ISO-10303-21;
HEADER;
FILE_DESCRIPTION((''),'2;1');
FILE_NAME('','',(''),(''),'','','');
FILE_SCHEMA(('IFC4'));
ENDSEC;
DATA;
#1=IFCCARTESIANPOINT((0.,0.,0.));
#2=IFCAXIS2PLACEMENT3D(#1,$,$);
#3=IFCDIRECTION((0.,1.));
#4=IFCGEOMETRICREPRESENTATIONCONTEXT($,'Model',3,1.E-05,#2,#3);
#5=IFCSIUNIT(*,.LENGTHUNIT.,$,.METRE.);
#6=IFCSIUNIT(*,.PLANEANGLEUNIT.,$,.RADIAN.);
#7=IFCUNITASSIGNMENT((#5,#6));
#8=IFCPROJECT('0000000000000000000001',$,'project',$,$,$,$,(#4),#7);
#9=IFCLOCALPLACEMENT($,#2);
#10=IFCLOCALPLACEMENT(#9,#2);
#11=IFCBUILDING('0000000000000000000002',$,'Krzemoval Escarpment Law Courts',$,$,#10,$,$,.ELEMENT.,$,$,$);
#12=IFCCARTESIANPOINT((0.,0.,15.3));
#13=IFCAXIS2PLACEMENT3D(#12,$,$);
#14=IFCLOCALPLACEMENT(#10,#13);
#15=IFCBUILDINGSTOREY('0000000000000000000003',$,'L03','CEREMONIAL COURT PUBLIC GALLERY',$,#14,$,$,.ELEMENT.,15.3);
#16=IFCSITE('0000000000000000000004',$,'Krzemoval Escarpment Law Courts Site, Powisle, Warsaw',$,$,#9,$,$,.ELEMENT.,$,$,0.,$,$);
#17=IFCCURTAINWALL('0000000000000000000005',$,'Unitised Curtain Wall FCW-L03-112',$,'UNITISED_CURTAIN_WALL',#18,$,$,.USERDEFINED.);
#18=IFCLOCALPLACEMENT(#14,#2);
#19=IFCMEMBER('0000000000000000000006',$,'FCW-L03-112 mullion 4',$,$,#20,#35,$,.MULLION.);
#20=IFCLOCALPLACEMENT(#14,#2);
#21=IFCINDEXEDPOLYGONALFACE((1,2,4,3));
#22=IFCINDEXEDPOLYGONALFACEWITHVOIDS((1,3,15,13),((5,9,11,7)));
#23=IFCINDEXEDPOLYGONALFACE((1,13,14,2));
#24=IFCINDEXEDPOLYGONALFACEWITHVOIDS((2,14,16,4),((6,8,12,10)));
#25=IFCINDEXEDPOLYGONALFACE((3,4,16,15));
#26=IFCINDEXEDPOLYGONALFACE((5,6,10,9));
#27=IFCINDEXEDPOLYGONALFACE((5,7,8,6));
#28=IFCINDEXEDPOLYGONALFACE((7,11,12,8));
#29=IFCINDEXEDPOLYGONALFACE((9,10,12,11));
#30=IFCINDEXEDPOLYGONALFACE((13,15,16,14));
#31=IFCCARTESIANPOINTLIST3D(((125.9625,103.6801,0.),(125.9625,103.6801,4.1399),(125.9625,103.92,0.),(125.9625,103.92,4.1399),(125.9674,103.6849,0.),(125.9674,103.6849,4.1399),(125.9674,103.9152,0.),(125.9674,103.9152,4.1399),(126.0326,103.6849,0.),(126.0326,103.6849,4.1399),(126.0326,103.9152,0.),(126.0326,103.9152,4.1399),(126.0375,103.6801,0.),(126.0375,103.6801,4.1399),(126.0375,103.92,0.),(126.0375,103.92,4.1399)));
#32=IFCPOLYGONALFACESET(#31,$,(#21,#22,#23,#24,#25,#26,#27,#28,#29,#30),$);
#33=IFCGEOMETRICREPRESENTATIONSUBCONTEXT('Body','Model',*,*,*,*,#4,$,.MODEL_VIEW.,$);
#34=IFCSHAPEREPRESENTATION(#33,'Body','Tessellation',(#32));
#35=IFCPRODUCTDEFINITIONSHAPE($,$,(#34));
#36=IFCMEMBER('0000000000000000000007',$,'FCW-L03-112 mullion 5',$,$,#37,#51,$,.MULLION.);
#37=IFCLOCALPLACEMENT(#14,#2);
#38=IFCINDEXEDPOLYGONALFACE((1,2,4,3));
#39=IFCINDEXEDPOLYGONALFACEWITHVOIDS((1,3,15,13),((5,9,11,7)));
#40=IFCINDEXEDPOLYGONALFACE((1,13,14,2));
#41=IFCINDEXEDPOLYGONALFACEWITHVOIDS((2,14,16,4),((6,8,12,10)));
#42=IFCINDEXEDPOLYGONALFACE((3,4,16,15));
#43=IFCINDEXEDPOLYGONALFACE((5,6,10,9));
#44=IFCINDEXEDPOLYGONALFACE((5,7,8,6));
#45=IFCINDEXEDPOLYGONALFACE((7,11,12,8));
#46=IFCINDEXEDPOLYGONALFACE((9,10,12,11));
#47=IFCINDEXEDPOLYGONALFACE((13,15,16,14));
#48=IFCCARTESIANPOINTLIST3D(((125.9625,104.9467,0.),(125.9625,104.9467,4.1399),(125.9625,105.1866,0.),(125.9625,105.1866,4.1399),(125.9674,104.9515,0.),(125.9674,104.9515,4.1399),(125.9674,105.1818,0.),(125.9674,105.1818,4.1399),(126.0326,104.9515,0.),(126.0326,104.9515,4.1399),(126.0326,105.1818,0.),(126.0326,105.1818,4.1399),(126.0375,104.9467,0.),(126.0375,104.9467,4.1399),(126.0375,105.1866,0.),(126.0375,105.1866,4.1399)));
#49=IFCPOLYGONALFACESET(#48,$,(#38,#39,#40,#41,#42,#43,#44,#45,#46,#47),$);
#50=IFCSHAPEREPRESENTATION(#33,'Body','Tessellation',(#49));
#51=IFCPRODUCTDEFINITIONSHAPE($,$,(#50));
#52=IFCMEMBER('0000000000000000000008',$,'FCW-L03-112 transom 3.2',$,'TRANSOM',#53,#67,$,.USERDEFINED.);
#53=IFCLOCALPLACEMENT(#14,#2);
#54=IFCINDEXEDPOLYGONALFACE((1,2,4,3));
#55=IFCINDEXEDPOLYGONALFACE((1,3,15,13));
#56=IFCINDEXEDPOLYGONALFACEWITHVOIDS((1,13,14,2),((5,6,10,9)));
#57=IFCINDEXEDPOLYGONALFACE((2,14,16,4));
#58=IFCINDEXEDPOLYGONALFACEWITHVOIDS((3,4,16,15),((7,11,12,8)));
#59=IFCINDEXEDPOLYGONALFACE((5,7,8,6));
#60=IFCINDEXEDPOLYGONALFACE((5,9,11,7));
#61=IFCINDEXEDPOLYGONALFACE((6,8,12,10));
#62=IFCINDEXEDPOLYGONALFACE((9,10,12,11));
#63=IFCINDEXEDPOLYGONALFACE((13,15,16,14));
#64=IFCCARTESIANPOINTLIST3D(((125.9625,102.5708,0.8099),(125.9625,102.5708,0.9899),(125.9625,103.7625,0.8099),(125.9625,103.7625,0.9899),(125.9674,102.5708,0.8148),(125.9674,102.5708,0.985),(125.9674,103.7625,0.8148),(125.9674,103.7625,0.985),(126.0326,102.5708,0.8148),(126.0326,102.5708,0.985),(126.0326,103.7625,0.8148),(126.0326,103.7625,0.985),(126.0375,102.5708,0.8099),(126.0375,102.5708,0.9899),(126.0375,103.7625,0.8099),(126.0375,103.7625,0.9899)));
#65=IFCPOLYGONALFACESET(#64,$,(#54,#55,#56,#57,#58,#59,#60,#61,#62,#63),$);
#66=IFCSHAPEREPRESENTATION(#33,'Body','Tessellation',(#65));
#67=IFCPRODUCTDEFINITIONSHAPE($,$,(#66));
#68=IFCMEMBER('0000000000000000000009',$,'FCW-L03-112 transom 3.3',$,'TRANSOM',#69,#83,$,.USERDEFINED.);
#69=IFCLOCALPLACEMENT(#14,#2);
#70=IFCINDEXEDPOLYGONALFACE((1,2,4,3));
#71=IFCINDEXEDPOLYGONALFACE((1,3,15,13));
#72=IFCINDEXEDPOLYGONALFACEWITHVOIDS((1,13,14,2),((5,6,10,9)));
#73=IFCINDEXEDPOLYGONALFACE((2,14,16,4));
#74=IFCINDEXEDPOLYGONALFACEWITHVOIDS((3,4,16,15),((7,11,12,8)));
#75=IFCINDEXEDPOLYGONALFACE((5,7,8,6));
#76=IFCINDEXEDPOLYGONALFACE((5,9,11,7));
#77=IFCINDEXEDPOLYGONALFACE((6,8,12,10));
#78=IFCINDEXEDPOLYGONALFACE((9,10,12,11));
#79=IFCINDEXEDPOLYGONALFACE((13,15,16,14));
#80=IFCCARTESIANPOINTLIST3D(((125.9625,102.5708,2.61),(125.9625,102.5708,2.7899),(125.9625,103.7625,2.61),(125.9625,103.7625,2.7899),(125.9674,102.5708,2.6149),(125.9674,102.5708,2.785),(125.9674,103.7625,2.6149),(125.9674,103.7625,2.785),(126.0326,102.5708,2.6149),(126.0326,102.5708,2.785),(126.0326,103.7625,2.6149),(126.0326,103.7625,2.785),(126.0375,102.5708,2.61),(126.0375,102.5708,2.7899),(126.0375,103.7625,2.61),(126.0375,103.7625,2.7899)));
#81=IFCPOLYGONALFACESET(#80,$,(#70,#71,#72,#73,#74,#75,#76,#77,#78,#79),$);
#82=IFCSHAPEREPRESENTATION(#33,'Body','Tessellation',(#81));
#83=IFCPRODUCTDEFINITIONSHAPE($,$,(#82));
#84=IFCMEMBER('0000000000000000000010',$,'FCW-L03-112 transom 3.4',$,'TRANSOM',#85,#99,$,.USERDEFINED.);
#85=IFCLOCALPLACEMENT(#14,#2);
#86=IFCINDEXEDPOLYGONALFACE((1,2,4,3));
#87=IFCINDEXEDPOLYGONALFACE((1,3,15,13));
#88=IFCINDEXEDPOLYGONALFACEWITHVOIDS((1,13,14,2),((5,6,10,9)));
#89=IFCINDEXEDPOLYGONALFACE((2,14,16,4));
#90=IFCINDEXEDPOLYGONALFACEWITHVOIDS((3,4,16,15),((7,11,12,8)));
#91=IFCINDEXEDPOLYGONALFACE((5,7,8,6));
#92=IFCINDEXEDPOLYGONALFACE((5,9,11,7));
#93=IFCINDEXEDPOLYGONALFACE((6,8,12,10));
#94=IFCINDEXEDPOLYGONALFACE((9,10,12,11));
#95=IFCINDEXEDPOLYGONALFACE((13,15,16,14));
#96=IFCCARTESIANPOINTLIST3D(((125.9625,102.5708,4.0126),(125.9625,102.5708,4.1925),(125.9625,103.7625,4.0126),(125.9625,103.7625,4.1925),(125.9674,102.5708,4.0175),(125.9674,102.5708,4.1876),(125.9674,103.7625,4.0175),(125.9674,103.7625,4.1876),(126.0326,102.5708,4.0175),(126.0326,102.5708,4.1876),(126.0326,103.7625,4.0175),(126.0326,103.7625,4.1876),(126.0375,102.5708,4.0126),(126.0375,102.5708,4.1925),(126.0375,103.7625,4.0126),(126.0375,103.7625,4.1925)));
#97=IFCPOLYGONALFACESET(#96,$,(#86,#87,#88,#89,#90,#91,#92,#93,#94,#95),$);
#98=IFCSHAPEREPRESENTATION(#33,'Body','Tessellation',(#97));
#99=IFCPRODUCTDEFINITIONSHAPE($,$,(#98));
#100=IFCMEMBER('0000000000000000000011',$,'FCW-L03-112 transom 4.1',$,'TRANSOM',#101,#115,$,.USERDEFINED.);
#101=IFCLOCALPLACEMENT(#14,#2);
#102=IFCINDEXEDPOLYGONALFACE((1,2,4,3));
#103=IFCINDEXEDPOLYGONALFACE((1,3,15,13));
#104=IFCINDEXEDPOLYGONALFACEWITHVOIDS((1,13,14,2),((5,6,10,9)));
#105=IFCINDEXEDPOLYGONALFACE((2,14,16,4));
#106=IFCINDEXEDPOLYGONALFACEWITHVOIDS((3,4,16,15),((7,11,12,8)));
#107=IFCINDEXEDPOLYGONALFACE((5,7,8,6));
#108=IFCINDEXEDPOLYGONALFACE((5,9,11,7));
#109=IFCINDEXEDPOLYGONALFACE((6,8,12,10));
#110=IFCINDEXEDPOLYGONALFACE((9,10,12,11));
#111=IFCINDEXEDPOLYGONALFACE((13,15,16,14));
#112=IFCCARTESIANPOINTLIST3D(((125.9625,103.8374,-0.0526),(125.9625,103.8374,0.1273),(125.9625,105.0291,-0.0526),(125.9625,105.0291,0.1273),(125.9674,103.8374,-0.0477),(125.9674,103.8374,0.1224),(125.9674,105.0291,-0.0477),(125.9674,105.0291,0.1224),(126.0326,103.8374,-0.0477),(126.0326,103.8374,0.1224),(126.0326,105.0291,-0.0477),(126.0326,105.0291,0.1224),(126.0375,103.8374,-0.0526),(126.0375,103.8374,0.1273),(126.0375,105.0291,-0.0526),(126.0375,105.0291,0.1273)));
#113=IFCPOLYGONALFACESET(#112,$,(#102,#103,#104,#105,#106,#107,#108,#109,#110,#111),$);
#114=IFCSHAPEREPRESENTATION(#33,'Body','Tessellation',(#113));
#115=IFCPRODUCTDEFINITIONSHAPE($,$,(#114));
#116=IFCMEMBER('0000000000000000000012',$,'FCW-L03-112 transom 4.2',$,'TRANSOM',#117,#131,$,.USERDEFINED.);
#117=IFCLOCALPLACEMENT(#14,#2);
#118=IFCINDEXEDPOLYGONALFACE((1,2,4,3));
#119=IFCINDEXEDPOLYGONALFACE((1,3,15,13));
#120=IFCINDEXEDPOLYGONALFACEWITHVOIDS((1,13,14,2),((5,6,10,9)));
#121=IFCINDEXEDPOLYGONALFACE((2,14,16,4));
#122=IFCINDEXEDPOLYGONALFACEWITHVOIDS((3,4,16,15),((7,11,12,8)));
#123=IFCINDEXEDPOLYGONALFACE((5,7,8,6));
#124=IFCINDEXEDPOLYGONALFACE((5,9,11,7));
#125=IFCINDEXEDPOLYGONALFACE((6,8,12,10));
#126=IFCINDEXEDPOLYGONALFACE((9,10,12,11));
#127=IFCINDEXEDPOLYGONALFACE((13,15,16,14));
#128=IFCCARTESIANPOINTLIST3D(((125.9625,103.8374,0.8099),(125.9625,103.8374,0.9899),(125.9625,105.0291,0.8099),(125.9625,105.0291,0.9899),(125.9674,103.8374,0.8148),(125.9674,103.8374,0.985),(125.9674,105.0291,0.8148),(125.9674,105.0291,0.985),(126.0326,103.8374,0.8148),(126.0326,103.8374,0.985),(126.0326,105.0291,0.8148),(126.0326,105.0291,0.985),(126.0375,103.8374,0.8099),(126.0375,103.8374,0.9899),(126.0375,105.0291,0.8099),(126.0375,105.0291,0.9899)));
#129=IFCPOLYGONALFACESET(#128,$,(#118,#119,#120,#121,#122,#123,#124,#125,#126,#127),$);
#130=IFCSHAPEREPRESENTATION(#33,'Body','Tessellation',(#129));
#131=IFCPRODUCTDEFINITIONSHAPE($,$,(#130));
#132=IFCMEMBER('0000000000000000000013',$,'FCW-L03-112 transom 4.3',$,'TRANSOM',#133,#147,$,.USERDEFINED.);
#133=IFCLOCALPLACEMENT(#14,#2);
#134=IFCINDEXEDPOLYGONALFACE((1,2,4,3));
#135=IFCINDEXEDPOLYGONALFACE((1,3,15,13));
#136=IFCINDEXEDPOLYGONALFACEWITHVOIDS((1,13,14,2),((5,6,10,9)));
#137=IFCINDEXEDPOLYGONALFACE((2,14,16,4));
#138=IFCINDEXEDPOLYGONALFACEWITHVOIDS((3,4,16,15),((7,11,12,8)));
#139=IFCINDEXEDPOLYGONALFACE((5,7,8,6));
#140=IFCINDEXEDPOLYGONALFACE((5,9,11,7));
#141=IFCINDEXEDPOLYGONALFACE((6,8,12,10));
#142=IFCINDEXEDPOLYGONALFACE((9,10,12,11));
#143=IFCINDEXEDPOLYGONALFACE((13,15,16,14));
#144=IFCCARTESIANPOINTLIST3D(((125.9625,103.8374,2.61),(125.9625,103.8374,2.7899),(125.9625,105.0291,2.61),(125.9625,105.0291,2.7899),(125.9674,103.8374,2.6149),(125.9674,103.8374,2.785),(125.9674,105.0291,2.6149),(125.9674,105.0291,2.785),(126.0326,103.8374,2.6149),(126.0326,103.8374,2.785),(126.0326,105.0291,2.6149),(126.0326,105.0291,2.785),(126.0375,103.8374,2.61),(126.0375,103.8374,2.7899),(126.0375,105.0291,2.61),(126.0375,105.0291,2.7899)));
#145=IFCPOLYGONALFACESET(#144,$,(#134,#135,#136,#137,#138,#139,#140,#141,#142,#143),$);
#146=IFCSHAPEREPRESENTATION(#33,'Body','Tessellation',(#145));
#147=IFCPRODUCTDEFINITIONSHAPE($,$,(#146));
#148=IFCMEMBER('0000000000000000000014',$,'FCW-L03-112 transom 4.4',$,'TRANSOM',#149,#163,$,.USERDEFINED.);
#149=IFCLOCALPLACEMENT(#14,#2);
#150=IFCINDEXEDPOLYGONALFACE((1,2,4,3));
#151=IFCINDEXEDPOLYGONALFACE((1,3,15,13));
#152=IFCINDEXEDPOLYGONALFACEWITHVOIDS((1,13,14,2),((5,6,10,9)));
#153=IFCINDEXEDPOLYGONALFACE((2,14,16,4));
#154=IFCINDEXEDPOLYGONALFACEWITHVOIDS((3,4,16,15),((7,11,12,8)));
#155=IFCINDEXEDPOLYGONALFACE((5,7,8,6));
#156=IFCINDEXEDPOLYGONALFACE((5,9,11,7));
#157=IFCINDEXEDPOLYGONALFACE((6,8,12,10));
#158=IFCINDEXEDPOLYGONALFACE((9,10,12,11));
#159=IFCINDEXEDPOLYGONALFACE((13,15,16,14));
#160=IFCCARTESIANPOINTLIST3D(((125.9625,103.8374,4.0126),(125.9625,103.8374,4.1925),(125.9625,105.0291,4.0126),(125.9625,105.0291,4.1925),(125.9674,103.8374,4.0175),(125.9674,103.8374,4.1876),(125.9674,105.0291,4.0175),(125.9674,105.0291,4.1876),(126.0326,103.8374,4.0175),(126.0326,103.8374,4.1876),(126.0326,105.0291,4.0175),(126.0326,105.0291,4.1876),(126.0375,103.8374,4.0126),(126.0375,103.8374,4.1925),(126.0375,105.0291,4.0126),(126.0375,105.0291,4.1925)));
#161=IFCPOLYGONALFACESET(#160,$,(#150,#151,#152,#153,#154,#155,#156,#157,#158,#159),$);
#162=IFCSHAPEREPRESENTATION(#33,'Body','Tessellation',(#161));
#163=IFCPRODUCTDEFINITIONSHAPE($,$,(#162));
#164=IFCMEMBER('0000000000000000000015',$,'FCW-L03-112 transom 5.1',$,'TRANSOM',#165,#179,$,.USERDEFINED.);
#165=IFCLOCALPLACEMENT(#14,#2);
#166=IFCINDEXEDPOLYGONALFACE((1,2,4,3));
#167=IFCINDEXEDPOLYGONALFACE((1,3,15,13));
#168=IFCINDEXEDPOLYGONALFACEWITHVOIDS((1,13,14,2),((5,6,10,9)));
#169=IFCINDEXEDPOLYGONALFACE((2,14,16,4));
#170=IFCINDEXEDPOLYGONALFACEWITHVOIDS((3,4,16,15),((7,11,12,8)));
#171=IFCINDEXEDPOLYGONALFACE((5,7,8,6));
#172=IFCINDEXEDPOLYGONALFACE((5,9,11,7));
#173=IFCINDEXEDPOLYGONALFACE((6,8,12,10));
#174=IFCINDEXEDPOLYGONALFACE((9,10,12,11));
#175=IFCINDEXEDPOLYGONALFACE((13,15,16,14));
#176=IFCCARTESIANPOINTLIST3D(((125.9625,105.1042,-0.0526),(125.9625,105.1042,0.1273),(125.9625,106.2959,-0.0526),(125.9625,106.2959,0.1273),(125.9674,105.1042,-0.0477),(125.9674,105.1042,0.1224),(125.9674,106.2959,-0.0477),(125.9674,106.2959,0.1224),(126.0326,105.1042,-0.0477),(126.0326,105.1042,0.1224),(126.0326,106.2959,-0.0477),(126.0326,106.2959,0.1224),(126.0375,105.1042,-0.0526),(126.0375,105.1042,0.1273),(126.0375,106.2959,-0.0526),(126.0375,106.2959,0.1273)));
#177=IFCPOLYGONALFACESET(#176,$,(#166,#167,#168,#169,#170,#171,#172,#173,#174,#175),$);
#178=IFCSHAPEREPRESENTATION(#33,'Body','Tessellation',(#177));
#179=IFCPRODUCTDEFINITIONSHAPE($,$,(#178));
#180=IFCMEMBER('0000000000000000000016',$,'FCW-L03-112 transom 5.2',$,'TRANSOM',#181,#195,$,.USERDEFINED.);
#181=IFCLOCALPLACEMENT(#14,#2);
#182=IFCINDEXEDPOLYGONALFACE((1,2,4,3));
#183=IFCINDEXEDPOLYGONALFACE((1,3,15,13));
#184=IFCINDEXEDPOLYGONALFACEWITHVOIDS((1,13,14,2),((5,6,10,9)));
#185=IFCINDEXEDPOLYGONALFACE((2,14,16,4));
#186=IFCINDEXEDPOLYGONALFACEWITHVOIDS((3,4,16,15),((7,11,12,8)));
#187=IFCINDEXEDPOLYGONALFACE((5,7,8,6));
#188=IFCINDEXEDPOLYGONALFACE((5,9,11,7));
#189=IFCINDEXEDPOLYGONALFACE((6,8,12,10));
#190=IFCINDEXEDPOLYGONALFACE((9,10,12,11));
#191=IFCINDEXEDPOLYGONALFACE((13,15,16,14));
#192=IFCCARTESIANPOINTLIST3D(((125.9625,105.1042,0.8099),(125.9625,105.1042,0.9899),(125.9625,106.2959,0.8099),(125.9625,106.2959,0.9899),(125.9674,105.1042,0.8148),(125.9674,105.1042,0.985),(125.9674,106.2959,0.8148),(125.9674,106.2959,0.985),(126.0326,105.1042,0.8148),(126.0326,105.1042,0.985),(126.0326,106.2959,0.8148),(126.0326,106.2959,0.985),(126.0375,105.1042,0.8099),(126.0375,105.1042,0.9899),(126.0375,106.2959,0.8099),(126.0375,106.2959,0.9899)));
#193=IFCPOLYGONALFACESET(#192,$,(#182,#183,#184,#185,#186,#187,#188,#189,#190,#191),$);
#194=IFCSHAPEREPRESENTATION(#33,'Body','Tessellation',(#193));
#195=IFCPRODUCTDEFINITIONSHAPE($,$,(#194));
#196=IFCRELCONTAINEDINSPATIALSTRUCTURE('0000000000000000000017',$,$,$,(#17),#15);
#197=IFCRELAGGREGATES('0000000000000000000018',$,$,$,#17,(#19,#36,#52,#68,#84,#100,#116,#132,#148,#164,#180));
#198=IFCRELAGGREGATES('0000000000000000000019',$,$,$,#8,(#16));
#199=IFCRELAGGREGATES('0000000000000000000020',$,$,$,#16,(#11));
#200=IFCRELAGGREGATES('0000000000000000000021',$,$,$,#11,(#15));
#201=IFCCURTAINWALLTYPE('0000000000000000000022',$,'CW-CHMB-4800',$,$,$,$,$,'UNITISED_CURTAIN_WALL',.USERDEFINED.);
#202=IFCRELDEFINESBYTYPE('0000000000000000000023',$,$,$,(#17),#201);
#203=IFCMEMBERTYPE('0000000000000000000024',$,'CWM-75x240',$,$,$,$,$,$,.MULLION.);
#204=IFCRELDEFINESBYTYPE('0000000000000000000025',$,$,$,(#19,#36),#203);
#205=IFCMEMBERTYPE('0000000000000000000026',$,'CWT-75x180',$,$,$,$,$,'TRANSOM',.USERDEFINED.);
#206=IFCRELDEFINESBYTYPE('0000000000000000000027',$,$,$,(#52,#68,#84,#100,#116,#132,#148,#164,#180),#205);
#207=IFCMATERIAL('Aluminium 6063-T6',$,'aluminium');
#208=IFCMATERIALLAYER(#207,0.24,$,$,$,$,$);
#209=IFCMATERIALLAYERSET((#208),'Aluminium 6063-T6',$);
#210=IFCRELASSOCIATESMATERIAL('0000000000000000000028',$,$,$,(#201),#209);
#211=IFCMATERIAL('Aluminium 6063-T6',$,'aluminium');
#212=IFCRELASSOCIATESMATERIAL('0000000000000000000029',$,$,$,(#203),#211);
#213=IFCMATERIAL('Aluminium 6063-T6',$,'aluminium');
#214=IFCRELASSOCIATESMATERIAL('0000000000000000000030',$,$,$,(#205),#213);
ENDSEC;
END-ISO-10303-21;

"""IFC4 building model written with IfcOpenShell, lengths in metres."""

from ifc_helpers import new_model, si_unit, direction, frame, origin, origin_2d, place, context, subcontext, project, spatial, hollow_rectangle, extrude, material, layer, layer_set, material_profile, profile_set, type_object, element, aggregate, save


model = new_model("IFC4")

# Units and contexts
model_context = context("Model", 3, precision=1e-05, world=origin(), true_north=direction((0.0, 1.0)))
body_context = subcontext(model_context, "Body", "Model", "MODEL_VIEW")
ifc_project = project(units=[si_unit("LENGTHUNIT", "METRE"), si_unit("PLANEANGLEUNIT", "RADIAN")], contexts=[model_context])

# Site, building, storey
site_placement = place(None, origin())
site = spatial("IfcSite", under=ifc_project, at=site_placement, Name="Krzemoval Escarpment Law Courts Site, Powisle, Warsaw", CompositionType="ELEMENT", RefElevation=0.0)
building_placement = place(site_placement, origin())
building = spatial("IfcBuilding", under=site, at=building_placement, Name="Krzemoval Escarpment Law Courts", CompositionType="ELEMENT")
storey_placement = place(building_placement, frame((0.0, 0.0, 15.3)))
storey = spatial("IfcBuildingStorey", under=building, at=storey_placement, Name="L03", Description="CEREMONIAL COURT PUBLIC GALLERY", CompositionType="ELEMENT", Elevation=15.3)

# Curtain wall, members
ifc_material_1 = material(Name="Aluminium 6063-T6", Category="aluminium")
ifc_layer_1 = layer(ifc_material_1, 0.24)
ifc_layer_set_1 = layer_set([ifc_layer_1], Name="Aluminium 6063-T6")
curtain_wall_type = type_object("IfcCurtainWallType", Name="CW-CHMB-4800", ElementType="UNITISED_CURTAIN_WALL", PredefinedType="USERDEFINED", material=ifc_layer_set_1)
curtain_wall_placement = place(storey_placement, origin())
curtain_wall = element("IfcCurtainWall", 1, at=curtain_wall_placement, inside=storey, type_object=curtain_wall_type, Name="Unitised Curtain Wall FCW-L03-112", ObjectType="UNITISED_CURTAIN_WALL", PredefinedType="USERDEFINED")
ifc_material_2 = material(Name="Aluminium 6063-T6", Category="aluminium")
ifc_material_profile_1 = material_profile(ifc_material_2, hollow_rectangle(XDim=0.075, YDim=0.24, WallThickness=0.0049, at=origin_2d()), Name="ALU M75x240")
ifc_profile_set_1 = profile_set([ifc_material_profile_1], Name="Aluminium 6063-T6")
member_type_1 = type_object("IfcMemberType", Name="CWM-75x240", PredefinedType="MULLION", material=ifc_profile_set_1)
member_1_placement = place(storey_placement, frame((126.0, 103.8, 0.0), z_axis=(0.0, 0.0, 1.0), x_axis=(-1.0, 0.0, 0.0)))
member_1 = element("IfcMember", 2, at=member_1_placement, type_object=member_type_1, Name="FCW-L03-112 mullion 4", PredefinedType="MULLION", context=body_context, shape_type="SweptSolid", body=[
    extrude(hollow_rectangle(XDim=0.075, YDim=0.24, WallThickness=0.0049, at=origin_2d()), origin(), (0.0, 0.0, 1.0), 4.1399),
])
member_2_placement = place(storey_placement, frame((126.0, 105.0667, 0.0), z_axis=(0.0, 0.0, 1.0), x_axis=(-1.0, 0.0, 0.0)))
member_2 = element("IfcMember", 3, at=member_2_placement, type_object=member_type_1, Name="FCW-L03-112 mullion 5", PredefinedType="MULLION", context=body_context, shape_type="SweptSolid", body=[
    extrude(hollow_rectangle(XDim=0.075, YDim=0.24, WallThickness=0.0049, at=origin_2d()), origin(), (0.0, 0.0, 1.0), 4.1399),
])
ifc_material_3 = material(Name="Aluminium 6063-T6", Category="aluminium")
ifc_material_profile_2 = material_profile(ifc_material_3, hollow_rectangle(XDim=0.075, YDim=0.1799, WallThickness=0.0049, at=origin_2d()), Name="ALU T75x180")
ifc_profile_set_2 = profile_set([ifc_material_profile_2], Name="Aluminium 6063-T6")
member_type_2 = type_object("IfcMemberType", Name="CWT-75x180", ElementType="TRANSOM", PredefinedType="USERDEFINED", material=ifc_profile_set_2)
member_3_placement = place(storey_placement, frame((126.0, 102.5708, 0.8999), z_axis=(0.0, 1.0, 0.0), x_axis=(-1.0, 0.0, 0.0)))
member_3 = element("IfcMember", 4, at=member_3_placement, type_object=member_type_2, Name="FCW-L03-112 transom 3.2", ObjectType="TRANSOM", PredefinedType="USERDEFINED", context=body_context, shape_type="SweptSolid", body=[
    extrude(hollow_rectangle(XDim=0.075, YDim=0.1799, WallThickness=0.0049, at=origin_2d()), origin(), (0.0, 0.0, 1.0), 1.1917),
])
member_4_placement = place(storey_placement, frame((126.0, 102.5708, 2.7), z_axis=(0.0, 1.0, 0.0), x_axis=(-1.0, 0.0, 0.0)))
member_4 = element("IfcMember", 5, at=member_4_placement, type_object=member_type_2, Name="FCW-L03-112 transom 3.3", ObjectType="TRANSOM", PredefinedType="USERDEFINED", context=body_context, shape_type="SweptSolid", body=[
    extrude(hollow_rectangle(XDim=0.075, YDim=0.1799, WallThickness=0.0049, at=origin_2d()), origin(), (0.0, 0.0, 1.0), 1.1917),
])
member_5_placement = place(storey_placement, frame((126.0, 102.5708, 4.1025), z_axis=(0.0, 1.0, 0.0), x_axis=(-1.0, 0.0, 0.0)))
member_5 = element("IfcMember", 6, at=member_5_placement, type_object=member_type_2, Name="FCW-L03-112 transom 3.4", ObjectType="TRANSOM", PredefinedType="USERDEFINED", context=body_context, shape_type="SweptSolid", body=[
    extrude(hollow_rectangle(XDim=0.075, YDim=0.1799, WallThickness=0.0049, at=origin_2d()), origin(), (0.0, 0.0, 1.0), 1.1917),
])
member_6_placement = place(storey_placement, frame((126.0, 103.8374, 0.0374), z_axis=(0.0, 1.0, 0.0), x_axis=(-1.0, 0.0, 0.0)))
member_6 = element("IfcMember", 7, at=member_6_placement, type_object=member_type_2, Name="FCW-L03-112 transom 4.1", ObjectType="TRANSOM", PredefinedType="USERDEFINED", context=body_context, shape_type="SweptSolid", body=[
    extrude(hollow_rectangle(XDim=0.075, YDim=0.1799, WallThickness=0.0049, at=origin_2d()), origin(), (0.0, 0.0, 1.0), 1.1917),
])
member_7_placement = place(storey_placement, frame((126.0, 103.8374, 0.8999), z_axis=(0.0, 1.0, 0.0), x_axis=(-1.0, 0.0, 0.0)))
member_7 = element("IfcMember", 8, at=member_7_placement, type_object=member_type_2, Name="FCW-L03-112 transom 4.2", ObjectType="TRANSOM", PredefinedType="USERDEFINED", context=body_context, shape_type="SweptSolid", body=[
    extrude(hollow_rectangle(XDim=0.075, YDim=0.1799, WallThickness=0.0049, at=origin_2d()), origin(), (0.0, 0.0, 1.0), 1.1917),
])
member_8_placement = place(storey_placement, frame((126.0, 103.8374, 2.7), z_axis=(0.0, 1.0, 0.0), x_axis=(-1.0, 0.0, 0.0)))
member_8 = element("IfcMember", 9, at=member_8_placement, type_object=member_type_2, Name="FCW-L03-112 transom 4.3", ObjectType="TRANSOM", PredefinedType="USERDEFINED", context=body_context, shape_type="SweptSolid", body=[
    extrude(hollow_rectangle(XDim=0.075, YDim=0.1799, WallThickness=0.0049, at=origin_2d()), origin(), (0.0, 0.0, 1.0), 1.1917),
])
member_9_placement = place(storey_placement, frame((126.0, 103.8374, 4.1025), z_axis=(0.0, 1.0, 0.0), x_axis=(-1.0, 0.0, 0.0)))
member_9 = element("IfcMember", 10, at=member_9_placement, type_object=member_type_2, Name="FCW-L03-112 transom 4.4", ObjectType="TRANSOM", PredefinedType="USERDEFINED", context=body_context, shape_type="SweptSolid", body=[
    extrude(hollow_rectangle(XDim=0.075, YDim=0.1799, WallThickness=0.0049, at=origin_2d()), origin(), (0.0, 0.0, 1.0), 1.1917),
])
member_10_placement = place(storey_placement, frame((126.0, 105.1042, 0.0374), z_axis=(0.0, 1.0, 0.0), x_axis=(-1.0, 0.0, 0.0)))
member_10 = element("IfcMember", 11, at=member_10_placement, type_object=member_type_2, Name="FCW-L03-112 transom 5.1", ObjectType="TRANSOM", PredefinedType="USERDEFINED", context=body_context, shape_type="SweptSolid", body=[
    extrude(hollow_rectangle(XDim=0.075, YDim=0.1799, WallThickness=0.0049, at=origin_2d()), origin(), (0.0, 0.0, 1.0), 1.1917),
])
member_11_placement = place(storey_placement, frame((126.0, 105.1042, 0.8999), z_axis=(0.0, 1.0, 0.0), x_axis=(-1.0, 0.0, 0.0)))
member_11 = element("IfcMember", 12, at=member_11_placement, type_object=member_type_2, Name="FCW-L03-112 transom 5.2", ObjectType="TRANSOM", PredefinedType="USERDEFINED", context=body_context, shape_type="SweptSolid", body=[
    extrude(hollow_rectangle(XDim=0.075, YDim=0.1799, WallThickness=0.0049, at=origin_2d()), origin(), (0.0, 0.0, 1.0), 1.1917),
])
aggregate(curtain_wall, [member_1, member_2, member_3, member_4, member_5, member_6, member_7, member_8, member_9, member_10, member_11])

save(model, "model.ifc")
